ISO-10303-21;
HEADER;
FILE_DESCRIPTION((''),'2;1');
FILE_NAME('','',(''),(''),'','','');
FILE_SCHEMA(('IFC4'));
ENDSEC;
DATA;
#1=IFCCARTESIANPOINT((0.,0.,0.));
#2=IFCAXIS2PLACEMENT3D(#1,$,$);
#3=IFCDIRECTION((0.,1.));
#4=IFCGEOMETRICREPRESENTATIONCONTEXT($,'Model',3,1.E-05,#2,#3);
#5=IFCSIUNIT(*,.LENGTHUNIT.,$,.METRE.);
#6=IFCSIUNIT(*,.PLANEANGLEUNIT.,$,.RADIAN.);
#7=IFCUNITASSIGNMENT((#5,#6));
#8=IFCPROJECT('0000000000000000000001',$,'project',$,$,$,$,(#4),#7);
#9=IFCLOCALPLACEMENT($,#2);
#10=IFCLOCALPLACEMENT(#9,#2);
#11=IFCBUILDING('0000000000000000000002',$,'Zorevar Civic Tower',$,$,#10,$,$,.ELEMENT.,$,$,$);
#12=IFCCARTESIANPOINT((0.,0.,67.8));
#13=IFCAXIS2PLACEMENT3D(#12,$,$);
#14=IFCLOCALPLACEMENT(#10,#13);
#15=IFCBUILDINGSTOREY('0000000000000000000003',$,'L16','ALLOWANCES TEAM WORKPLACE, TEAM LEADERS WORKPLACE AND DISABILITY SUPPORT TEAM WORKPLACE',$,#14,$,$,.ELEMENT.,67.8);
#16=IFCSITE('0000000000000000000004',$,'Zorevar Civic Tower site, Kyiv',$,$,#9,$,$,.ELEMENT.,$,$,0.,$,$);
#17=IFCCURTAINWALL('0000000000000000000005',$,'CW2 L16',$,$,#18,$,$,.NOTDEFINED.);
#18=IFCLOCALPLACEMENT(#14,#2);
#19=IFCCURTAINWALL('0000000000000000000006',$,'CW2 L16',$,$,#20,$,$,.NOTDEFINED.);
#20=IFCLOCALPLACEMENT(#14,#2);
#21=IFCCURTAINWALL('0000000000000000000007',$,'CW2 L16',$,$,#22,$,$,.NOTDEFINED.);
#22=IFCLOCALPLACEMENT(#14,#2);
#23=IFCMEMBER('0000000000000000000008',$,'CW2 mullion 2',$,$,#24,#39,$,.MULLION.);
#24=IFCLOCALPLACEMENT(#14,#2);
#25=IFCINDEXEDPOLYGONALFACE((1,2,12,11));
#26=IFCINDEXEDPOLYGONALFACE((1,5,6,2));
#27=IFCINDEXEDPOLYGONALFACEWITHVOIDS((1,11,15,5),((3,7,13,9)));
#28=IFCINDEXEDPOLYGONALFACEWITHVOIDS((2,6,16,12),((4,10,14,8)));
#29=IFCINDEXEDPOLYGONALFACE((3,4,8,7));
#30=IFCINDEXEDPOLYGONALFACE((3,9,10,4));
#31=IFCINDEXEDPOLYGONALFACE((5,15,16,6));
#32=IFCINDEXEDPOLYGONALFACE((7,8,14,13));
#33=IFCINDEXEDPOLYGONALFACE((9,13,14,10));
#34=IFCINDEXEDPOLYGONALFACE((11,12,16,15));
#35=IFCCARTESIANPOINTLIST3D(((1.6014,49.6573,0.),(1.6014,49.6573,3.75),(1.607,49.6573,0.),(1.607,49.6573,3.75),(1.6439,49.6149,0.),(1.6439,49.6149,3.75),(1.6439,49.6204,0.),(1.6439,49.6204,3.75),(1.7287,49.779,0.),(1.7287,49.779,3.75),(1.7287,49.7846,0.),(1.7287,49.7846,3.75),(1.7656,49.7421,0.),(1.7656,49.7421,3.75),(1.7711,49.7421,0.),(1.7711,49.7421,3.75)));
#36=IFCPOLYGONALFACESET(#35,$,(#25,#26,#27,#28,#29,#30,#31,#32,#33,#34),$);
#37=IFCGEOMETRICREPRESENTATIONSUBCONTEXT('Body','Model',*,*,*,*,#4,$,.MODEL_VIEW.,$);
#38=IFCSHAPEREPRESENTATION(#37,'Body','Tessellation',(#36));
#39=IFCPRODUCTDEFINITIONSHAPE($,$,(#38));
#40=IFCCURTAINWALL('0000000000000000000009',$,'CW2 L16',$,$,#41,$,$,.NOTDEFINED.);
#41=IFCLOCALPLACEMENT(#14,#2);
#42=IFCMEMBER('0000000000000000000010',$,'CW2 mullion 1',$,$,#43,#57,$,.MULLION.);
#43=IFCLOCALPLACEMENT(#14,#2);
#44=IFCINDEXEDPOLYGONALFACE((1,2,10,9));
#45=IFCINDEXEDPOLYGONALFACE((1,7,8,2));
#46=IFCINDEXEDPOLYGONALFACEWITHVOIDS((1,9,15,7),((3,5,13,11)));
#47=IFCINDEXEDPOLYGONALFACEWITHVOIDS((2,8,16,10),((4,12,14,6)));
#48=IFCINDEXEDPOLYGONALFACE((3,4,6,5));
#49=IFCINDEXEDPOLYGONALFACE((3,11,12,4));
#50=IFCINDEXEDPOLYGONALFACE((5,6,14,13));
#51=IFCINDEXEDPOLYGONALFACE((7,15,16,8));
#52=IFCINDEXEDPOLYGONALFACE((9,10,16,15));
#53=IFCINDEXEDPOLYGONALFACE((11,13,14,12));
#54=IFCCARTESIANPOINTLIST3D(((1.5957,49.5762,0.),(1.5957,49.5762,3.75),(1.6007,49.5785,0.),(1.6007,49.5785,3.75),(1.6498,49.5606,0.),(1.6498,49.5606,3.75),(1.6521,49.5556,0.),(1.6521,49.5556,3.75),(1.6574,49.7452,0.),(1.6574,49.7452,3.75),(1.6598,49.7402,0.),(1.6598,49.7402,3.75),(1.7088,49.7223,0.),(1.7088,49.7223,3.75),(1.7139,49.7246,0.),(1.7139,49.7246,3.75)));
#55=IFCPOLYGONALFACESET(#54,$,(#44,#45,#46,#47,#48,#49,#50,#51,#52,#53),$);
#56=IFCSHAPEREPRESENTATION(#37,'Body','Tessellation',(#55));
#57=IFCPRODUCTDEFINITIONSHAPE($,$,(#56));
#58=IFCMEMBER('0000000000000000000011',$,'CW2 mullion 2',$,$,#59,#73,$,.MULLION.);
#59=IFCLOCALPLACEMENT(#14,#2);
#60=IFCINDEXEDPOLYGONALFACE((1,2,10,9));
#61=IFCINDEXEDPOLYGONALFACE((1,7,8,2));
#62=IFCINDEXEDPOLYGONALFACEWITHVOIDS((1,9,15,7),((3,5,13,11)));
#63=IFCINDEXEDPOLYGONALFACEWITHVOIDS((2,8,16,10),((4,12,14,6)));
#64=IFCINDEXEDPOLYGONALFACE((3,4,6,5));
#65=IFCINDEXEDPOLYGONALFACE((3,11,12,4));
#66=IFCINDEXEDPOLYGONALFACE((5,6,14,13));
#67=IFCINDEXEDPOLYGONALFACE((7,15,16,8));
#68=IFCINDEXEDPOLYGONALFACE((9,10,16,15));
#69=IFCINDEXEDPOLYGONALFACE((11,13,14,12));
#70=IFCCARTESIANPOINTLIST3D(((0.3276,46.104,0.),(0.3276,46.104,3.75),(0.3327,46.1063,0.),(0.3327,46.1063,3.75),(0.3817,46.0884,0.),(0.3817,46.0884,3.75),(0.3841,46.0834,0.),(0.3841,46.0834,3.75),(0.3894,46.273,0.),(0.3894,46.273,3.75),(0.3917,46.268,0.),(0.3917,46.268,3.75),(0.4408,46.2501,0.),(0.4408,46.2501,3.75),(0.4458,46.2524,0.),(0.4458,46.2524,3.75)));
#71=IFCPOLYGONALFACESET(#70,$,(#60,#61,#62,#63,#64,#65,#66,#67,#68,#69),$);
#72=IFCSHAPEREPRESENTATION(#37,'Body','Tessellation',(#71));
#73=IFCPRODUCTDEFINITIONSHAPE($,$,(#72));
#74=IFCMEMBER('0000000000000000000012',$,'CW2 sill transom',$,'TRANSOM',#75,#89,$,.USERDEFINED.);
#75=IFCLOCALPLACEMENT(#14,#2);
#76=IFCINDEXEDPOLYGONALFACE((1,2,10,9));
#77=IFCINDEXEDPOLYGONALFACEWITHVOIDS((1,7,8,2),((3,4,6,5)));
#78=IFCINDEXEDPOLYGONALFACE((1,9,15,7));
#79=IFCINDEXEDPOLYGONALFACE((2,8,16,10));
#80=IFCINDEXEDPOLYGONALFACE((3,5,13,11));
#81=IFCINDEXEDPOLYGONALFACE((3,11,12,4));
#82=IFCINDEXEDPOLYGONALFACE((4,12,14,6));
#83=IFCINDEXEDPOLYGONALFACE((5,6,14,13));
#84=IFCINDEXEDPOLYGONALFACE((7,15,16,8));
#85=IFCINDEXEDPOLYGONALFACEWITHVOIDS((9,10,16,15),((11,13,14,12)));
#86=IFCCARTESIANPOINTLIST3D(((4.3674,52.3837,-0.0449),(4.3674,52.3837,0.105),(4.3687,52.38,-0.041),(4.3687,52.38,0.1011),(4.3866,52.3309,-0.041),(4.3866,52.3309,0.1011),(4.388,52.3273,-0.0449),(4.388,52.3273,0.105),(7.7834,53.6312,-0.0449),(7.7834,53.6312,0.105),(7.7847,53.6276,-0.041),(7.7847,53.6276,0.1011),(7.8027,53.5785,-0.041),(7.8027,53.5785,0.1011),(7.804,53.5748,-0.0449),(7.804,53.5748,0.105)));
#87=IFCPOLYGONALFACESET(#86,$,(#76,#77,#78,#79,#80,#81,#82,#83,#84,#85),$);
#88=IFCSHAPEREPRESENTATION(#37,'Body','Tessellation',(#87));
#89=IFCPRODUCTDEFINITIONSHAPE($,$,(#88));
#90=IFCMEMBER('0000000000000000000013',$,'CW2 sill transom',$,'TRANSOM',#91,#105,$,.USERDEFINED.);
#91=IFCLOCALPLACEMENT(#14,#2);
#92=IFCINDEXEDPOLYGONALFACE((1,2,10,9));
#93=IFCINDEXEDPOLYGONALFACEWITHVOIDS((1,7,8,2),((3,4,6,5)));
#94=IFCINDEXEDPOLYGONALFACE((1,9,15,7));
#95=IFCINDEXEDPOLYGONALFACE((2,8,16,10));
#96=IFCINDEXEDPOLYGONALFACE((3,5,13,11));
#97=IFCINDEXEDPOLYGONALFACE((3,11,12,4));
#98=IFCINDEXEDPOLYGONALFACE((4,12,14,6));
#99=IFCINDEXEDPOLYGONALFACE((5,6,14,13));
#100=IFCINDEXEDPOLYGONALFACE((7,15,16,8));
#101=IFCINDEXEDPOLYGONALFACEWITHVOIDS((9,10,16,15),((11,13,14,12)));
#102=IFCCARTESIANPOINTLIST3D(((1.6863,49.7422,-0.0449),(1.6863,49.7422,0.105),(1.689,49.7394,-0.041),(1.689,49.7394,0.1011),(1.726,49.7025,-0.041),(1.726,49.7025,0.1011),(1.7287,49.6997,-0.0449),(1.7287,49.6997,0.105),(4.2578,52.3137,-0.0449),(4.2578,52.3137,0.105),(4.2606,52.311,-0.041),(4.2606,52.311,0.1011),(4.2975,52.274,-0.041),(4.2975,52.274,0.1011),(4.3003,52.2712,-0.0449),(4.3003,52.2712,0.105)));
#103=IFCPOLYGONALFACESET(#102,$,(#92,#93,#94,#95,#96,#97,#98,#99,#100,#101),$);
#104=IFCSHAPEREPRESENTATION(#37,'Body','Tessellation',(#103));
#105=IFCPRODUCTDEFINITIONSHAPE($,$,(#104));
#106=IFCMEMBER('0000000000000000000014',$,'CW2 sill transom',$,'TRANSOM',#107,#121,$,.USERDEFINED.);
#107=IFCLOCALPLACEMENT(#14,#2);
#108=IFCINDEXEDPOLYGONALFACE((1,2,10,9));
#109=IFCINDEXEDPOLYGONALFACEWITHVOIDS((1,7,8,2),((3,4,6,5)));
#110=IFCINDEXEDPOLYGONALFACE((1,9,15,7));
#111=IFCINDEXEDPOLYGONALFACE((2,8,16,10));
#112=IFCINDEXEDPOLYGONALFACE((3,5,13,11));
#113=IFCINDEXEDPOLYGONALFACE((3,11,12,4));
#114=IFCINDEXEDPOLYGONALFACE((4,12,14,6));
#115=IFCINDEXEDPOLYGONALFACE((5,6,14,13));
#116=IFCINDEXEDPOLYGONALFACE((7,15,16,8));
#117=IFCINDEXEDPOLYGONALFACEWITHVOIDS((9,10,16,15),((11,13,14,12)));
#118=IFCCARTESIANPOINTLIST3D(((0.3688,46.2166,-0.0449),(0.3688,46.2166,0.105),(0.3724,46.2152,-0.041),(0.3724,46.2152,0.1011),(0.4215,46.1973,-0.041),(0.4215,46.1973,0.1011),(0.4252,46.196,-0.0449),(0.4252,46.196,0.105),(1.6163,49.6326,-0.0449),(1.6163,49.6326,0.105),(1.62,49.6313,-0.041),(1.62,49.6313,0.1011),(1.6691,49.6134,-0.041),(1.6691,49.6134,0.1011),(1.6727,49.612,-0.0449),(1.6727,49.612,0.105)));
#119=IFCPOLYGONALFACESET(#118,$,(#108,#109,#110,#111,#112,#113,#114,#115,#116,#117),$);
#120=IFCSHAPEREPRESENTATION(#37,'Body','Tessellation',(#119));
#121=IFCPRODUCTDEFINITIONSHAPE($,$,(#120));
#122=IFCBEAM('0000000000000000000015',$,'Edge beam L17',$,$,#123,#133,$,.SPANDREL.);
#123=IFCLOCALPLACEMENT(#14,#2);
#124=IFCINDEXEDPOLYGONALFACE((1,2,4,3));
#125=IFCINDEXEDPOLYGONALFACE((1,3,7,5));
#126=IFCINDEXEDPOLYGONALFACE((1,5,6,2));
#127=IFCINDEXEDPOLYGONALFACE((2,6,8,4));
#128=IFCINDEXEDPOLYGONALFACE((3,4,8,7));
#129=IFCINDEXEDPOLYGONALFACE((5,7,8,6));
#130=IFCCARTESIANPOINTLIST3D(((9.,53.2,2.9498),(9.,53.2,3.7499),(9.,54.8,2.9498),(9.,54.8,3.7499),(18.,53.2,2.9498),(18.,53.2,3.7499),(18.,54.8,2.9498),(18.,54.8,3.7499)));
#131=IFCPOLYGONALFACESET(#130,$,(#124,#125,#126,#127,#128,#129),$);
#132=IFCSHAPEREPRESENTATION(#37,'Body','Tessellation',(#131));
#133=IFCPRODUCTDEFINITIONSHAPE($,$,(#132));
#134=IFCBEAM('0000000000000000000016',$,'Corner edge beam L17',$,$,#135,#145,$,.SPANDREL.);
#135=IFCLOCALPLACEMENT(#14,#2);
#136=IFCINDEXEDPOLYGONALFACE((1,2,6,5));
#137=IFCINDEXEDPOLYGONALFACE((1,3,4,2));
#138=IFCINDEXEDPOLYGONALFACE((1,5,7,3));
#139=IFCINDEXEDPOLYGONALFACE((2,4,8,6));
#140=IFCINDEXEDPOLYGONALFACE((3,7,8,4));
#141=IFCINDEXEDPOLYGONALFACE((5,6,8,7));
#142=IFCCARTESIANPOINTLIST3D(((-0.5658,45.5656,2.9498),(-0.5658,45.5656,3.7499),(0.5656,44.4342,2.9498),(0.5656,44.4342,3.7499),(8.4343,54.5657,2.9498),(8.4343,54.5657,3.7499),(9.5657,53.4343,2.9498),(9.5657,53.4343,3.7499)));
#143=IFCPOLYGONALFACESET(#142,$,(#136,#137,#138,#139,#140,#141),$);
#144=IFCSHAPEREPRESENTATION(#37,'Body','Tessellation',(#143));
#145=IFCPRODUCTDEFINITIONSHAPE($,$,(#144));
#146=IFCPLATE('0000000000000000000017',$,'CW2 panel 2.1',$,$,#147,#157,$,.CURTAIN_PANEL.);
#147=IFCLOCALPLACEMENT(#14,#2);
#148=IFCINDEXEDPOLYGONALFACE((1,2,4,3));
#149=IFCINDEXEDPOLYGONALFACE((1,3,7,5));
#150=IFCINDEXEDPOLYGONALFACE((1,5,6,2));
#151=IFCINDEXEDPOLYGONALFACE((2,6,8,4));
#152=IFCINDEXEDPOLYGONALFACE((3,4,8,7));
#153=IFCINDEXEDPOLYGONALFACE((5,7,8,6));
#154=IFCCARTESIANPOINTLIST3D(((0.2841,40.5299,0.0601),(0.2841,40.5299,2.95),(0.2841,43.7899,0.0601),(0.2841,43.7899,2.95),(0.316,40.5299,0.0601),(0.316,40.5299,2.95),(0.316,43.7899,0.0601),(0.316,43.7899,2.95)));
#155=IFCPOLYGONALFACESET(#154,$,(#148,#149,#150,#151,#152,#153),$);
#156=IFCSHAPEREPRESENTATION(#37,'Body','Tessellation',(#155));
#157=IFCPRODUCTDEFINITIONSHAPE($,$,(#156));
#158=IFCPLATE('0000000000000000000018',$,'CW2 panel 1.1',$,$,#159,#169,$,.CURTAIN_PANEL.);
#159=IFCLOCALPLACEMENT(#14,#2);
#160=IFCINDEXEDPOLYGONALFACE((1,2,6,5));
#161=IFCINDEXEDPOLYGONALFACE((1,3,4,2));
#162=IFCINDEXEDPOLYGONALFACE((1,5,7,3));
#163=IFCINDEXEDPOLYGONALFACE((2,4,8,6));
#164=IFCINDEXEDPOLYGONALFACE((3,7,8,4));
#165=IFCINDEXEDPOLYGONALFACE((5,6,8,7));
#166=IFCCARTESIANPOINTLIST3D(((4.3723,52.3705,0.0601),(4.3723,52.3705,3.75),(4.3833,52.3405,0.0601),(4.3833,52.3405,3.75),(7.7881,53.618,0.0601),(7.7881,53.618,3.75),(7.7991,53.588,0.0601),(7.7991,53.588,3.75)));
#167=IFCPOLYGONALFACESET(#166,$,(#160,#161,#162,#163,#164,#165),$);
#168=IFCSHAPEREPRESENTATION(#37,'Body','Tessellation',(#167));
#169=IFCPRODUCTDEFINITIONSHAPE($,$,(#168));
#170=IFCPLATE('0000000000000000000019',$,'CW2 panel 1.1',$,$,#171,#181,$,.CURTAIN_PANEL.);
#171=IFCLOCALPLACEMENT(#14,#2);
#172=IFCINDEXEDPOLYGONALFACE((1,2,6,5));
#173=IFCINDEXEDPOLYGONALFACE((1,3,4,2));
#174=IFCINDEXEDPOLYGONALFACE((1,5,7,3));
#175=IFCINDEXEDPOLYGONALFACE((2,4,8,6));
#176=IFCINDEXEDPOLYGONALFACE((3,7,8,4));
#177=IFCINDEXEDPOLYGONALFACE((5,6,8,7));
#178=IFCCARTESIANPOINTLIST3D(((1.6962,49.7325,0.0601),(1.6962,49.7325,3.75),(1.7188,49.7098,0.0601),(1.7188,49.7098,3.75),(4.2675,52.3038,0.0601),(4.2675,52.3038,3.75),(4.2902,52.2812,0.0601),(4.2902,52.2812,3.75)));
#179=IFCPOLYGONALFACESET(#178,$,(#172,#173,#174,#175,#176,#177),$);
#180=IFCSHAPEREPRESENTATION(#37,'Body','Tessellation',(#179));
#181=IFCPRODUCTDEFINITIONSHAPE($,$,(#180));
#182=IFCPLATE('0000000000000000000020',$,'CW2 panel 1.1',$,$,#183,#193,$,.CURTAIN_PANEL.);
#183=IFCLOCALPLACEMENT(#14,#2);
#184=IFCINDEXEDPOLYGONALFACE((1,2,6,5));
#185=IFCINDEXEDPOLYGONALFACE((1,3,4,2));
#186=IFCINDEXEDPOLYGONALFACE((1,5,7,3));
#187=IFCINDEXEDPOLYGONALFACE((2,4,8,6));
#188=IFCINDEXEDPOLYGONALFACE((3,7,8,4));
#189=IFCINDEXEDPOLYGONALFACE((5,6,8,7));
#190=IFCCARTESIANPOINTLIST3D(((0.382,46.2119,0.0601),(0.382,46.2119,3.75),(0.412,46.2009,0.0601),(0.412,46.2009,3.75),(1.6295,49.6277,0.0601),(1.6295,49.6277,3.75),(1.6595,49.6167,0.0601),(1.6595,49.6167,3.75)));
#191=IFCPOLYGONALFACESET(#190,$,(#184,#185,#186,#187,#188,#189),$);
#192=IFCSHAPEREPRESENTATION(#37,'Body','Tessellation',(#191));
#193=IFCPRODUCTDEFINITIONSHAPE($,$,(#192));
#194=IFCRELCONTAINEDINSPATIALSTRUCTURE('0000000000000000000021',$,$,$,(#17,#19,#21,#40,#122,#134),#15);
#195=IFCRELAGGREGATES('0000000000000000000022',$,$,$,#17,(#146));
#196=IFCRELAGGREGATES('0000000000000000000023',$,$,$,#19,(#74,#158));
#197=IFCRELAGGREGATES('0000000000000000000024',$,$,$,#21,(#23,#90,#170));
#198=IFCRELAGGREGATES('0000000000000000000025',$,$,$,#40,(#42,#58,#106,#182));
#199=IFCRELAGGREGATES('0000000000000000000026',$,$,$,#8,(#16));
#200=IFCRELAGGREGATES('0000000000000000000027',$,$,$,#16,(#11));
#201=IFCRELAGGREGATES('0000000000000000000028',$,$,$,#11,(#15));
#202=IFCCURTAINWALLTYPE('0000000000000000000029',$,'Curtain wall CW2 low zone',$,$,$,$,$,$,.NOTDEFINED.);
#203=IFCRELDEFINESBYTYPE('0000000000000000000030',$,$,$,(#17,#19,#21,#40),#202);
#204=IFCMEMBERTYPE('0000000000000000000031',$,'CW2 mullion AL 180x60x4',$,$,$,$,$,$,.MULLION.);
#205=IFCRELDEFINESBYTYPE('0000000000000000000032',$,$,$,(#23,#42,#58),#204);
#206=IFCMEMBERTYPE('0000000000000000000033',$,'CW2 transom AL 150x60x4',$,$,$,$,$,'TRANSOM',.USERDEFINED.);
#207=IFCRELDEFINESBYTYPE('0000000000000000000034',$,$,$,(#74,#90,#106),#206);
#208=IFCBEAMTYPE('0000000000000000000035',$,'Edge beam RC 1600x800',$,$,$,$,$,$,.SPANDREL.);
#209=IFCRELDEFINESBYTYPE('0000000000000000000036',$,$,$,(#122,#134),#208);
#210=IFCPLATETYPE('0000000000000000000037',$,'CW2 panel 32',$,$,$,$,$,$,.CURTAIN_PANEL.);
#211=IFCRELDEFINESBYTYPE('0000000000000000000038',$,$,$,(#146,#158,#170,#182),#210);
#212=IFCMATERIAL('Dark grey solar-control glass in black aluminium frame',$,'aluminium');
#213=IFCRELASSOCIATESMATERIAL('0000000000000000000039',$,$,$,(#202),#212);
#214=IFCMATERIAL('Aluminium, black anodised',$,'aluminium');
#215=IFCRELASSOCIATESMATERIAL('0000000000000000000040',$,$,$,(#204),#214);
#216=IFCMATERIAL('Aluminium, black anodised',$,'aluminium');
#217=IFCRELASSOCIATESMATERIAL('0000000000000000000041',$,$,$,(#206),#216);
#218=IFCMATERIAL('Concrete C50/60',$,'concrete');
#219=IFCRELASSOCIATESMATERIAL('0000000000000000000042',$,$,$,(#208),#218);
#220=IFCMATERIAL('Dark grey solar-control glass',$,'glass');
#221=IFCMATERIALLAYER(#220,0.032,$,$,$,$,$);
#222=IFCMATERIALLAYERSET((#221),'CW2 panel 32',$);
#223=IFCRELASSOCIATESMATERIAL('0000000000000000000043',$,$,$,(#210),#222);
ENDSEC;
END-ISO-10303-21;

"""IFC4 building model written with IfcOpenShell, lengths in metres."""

from ifc_helpers import new_model, si_unit, direction, frame, origin, origin_2d, place, context, subcontext, project, spatial, rectangle, hollow_rectangle, extrude, material, layer, layer_set, material_profile, profile_set, type_object, element, aggregate, save


model = new_model("IFC4")

# Units and contexts
model_context = context("Model", 3, precision=1e-05, world=origin(), true_north=direction((0.0, 1.0)))
body_context = subcontext(model_context, "Body", "Model", "MODEL_VIEW")
ifc_project = project(units=[si_unit("LENGTHUNIT", "METRE"), si_unit("PLANEANGLEUNIT", "RADIAN")], contexts=[model_context])

# Site, building, storey
site_placement = place(None, origin())
site = spatial("IfcSite", under=ifc_project, at=site_placement, Name="Zorevar Civic Tower site, Kyiv", CompositionType="ELEMENT", RefElevation=0.0)
building_placement = place(site_placement, origin())
building = spatial("IfcBuilding", under=site, at=building_placement, Name="Zorevar Civic Tower", CompositionType="ELEMENT")
storey_placement = place(building_placement, frame((0.0, 0.0, 67.8)))
storey = spatial("IfcBuildingStorey", under=building, at=storey_placement, Name="L16", Description="ALLOWANCES TEAM WORKPLACE, TEAM LEADERS WORKPLACE AND DISABILITY SUPPORT TEAM WORKPLACE", CompositionType="ELEMENT", Elevation=67.8)

# Curtain wall
ifc_material_1 = material(Name="Dark grey solar-control glass in black aluminium frame", Category="aluminium")
curtain_wall_type = type_object("IfcCurtainWallType", Name="Curtain wall CW2 low zone", PredefinedType="NOTDEFINED", material=ifc_material_1)
curtain_wall_1_placement = place(storey_placement, origin())
curtain_wall_1 = element("IfcCurtainWall", 1, at=curtain_wall_1_placement, inside=storey, type_object=curtain_wall_type, Name="CW2 L16", PredefinedType="NOTDEFINED")
ifc_material_2 = material(Name="Aluminium, black anodised", Category="aluminium")
ifc_material_profile_1 = material_profile(ifc_material_2, hollow_rectangle(XDim=0.0601, YDim=0.1799, WallThickness=0.0039, at=origin_2d()), Name="AL 180x60x4")
ifc_profile_set_1 = profile_set([ifc_material_profile_1], Name="Aluminium, black anodised")
member_type_1 = type_object("IfcMemberType", Name="CW2 mullion AL 180x60x4", PredefinedType="MULLION", material=ifc_profile_set_1)

# Curtain walls, members
curtain_wall_2_placement = place(storey_placement, origin())
curtain_wall_2 = element("IfcCurtainWall", 2, at=curtain_wall_2_placement, inside=storey, type_object=curtain_wall_type, Name="CW2 L16", PredefinedType="NOTDEFINED")
curtain_wall_3_placement = place(storey_placement, origin())
curtain_wall_3 = element("IfcCurtainWall", 3, at=curtain_wall_3_placement, inside=storey, type_object=curtain_wall_type, Name="CW2 L16", PredefinedType="NOTDEFINED")
member_1_placement = place(storey_placement, frame((1.6863, 49.6997, 0.0), z_axis=(0.0, 0.0, 1.0), x_axis=(0.707107, -0.707107, 0.0)))
member_1 = element("IfcMember", 4, at=member_1_placement, type_object=member_type_1, Name="CW2 mullion 2", PredefinedType="MULLION", context=body_context, shape_type="SweptSolid", body=[
    extrude(hollow_rectangle(XDim=0.0601, YDim=0.1799, WallThickness=0.0039, at=origin_2d()), origin(), (0.0, 0.0, 1.0), 3.75),
])
curtain_wall_4_placement = place(storey_placement, origin())
curtain_wall_4 = element("IfcCurtainWall", 5, at=curtain_wall_4_placement, inside=storey, type_object=curtain_wall_type, Name="CW2 L16", PredefinedType="NOTDEFINED")
member_2_placement = place(storey_placement, frame((1.6548, 49.6504, 0.0), z_axis=(0.0, 0.0, 1.0), x_axis=(0.939313, -0.34306, 0.0)))
member_2 = element("IfcMember", 6, at=member_2_placement, type_object=member_type_1, Name="CW2 mullion 1", PredefinedType="MULLION", context=body_context, shape_type="SweptSolid", body=[
    extrude(hollow_rectangle(XDim=0.0601, YDim=0.1799, WallThickness=0.0039, at=origin_2d()), origin(), (0.0, 0.0, 1.0), 3.75),
])
member_3_placement = place(storey_placement, frame((0.3867, 46.1782, 0.0), z_axis=(0.0, 0.0, 1.0), x_axis=(0.939313, -0.34306, 0.0)))
member_3 = element("IfcMember", 7, at=member_3_placement, type_object=member_type_1, Name="CW2 mullion 2", PredefinedType="MULLION", context=body_context, shape_type="SweptSolid", body=[
    extrude(hollow_rectangle(XDim=0.0601, YDim=0.1799, WallThickness=0.0039, at=origin_2d()), origin(), (0.0, 0.0, 1.0), 3.75),
])

# Members
ifc_material_3 = material(Name="Aluminium, black anodised", Category="aluminium")
ifc_material_profile_2 = material_profile(ifc_material_3, hollow_rectangle(XDim=0.0601, YDim=0.1499, WallThickness=0.0039, at=origin_2d()), Name="AL 150x60x4")
ifc_profile_set_2 = profile_set([ifc_material_profile_2], Name="Aluminium, black anodised")
member_type_2 = type_object("IfcMemberType", Name="CW2 transom AL 150x60x4", ElementType="TRANSOM", PredefinedType="USERDEFINED", material=ifc_profile_set_2)
member_4_placement = place(storey_placement, frame((7.7937, 53.603, 0.03), z_axis=(-0.939318, -0.343047, 0.0), x_axis=(0.343047, -0.939318, 0.0)))
member_4 = element("IfcMember", 8, at=member_4_placement, type_object=member_type_2, Name="CW2 sill transom", ObjectType="TRANSOM", PredefinedType="USERDEFINED", context=body_context, shape_type="SweptSolid", body=[
    extrude(hollow_rectangle(XDim=0.0601, YDim=0.1499, WallThickness=0.0039, at=origin_2d()), origin(), (0.0, 0.0, 1.0), 3.6367),
])
member_5_placement = place(storey_placement, frame((4.2791, 52.2925, 0.03), z_axis=(-0.707107, -0.707107, 0.0), x_axis=(0.707107, -0.707107, 0.0)))
member_5 = element("IfcMember", 9, at=member_5_placement, type_object=member_type_2, Name="CW2 sill transom", ObjectType="TRANSOM", PredefinedType="USERDEFINED", context=body_context, shape_type="SweptSolid", body=[
    extrude(hollow_rectangle(XDim=0.0601, YDim=0.1499, WallThickness=0.0039, at=origin_2d()), origin(), (0.0, 0.0, 1.0), 3.6367),
])
member_6_placement = place(storey_placement, frame((1.6445, 49.6223, 0.03), z_axis=(-0.343047, -0.939318, 0.0), x_axis=(0.939318, -0.343047, 0.0)))
member_6 = element("IfcMember", 10, at=member_6_placement, type_object=member_type_2, Name="CW2 sill transom", ObjectType="TRANSOM", PredefinedType="USERDEFINED", context=body_context, shape_type="SweptSolid", body=[
    extrude(hollow_rectangle(XDim=0.0601, YDim=0.1499, WallThickness=0.0039, at=origin_2d()), origin(), (0.0, 0.0, 1.0), 3.6367),
])

# Beams
ifc_material_4 = material(Name="Concrete C50/60", Category="concrete")
ifc_material_profile_3 = material_profile(ifc_material_4, rectangle(XDim=1.6001, YDim=0.8, at=origin_2d()), Name="RC 1600x800")
ifc_profile_set_3 = profile_set([ifc_material_profile_3], Name="Concrete C50/60")
beam_type_1 = type_object("IfcBeamType", Name="Edge beam RC 1600x800", PredefinedType="SPANDREL", material=ifc_profile_set_3)
beam_1_placement = place(storey_placement, frame((9.0, 54.0, 3.3499), z_axis=(1.0, 0.0, 0.0), x_axis=(0.0, 1.0, 0.0)))
element("IfcBeam", 11, at=beam_1_placement, inside=storey, type_object=beam_type_1, Name="Edge beam L17", PredefinedType="SPANDREL", context=body_context, shape_type="SweptSolid", body=[
    extrude(rectangle(XDim=1.6001, YDim=0.8, at=origin_2d()), origin(), (0.0, 0.0, 1.0), 9.0),
])
beam_2_placement = place(storey_placement, frame((9.0, 54.0, 3.3499), z_axis=(-0.707107, -0.707107, 0.0), x_axis=(0.707107, -0.707107, 0.0)))
element("IfcBeam", 12, at=beam_2_placement, inside=storey, type_object=beam_type_1, Name="Corner edge beam L17", PredefinedType="SPANDREL", context=body_context, shape_type="SweptSolid", body=[
    extrude(rectangle(XDim=1.6001, YDim=0.8, at=origin_2d()), origin(), (0.0, 0.0, 1.0), 12.728),
])

# Plates
ifc_material_5 = material(Name="Dark grey solar-control glass", Category="glass")
ifc_layer_1 = layer(ifc_material_5, 0.032)
ifc_layer_set_1 = layer_set([ifc_layer_1], Name="CW2 panel 32")
plate_type = type_object("IfcPlateType", Name="CW2 panel 32", PredefinedType="CURTAIN_PANEL", material=ifc_layer_set_1)
plate_1_placement = place(storey_placement, frame((0.3, 42.1599, 0.0601), z_axis=(0.0, 0.0, 1.0), x_axis=(0.0, 1.0, 0.0)))
plate_1 = element("IfcPlate", 13, at=plate_1_placement, type_object=plate_type, Name="CW2 panel 2.1", PredefinedType="CURTAIN_PANEL", context=body_context, shape_type="SweptSolid", body=[
    extrude(rectangle(XDim=3.26, YDim=0.032, at=origin_2d()), origin(), (0.0, 0.0, 1.0), 2.8899),
])
aggregate(curtain_wall_1, [plate_1])
plate_2_placement = place(storey_placement, frame((6.0857, 52.9792, 0.0601), z_axis=(0.0, 0.0, 1.0), x_axis=(-0.939313, -0.34306, 0.0)))
plate_2 = element("IfcPlate", 14, at=plate_2_placement, type_object=plate_type, Name="CW2 panel 1.1", PredefinedType="CURTAIN_PANEL", context=body_context, shape_type="SweptSolid", body=[
    extrude(rectangle(XDim=3.6365, YDim=0.032, at=origin_2d()), origin(), (0.0, 0.0, 1.0), 3.6899),
])
aggregate(curtain_wall_2, [member_4, plate_2])
plate_3_placement = place(storey_placement, frame((2.9932, 51.0068, 0.0601), z_axis=(0.0, 0.0, 1.0), x_axis=(-0.707107, -0.707107, 0.0)))
plate_3 = element("IfcPlate", 15, at=plate_3_placement, type_object=plate_type, Name="CW2 panel 1.1", PredefinedType="CURTAIN_PANEL", context=body_context, shape_type="SweptSolid", body=[
    extrude(rectangle(XDim=3.6365, YDim=0.032, at=origin_2d()), origin(), (0.0, 0.0, 1.0), 3.6899),
])
aggregate(curtain_wall_3, [member_1, member_5, plate_3])
plate_4_placement = place(storey_placement, frame((1.0208, 47.9143, 0.0601), z_axis=(0.0, 0.0, 1.0), x_axis=(-0.34306, -0.939313, 0.0)))
plate_4 = element("IfcPlate", 16, at=plate_4_placement, type_object=plate_type, Name="CW2 panel 1.1", PredefinedType="CURTAIN_PANEL", context=body_context, shape_type="SweptSolid", body=[
    extrude(rectangle(XDim=3.6365, YDim=0.032, at=origin_2d()), origin(), (0.0, 0.0, 1.0), 3.6899),
])
aggregate(curtain_wall_4, [member_2, member_3, member_6, plate_4])

save(model, "model.ifc")
